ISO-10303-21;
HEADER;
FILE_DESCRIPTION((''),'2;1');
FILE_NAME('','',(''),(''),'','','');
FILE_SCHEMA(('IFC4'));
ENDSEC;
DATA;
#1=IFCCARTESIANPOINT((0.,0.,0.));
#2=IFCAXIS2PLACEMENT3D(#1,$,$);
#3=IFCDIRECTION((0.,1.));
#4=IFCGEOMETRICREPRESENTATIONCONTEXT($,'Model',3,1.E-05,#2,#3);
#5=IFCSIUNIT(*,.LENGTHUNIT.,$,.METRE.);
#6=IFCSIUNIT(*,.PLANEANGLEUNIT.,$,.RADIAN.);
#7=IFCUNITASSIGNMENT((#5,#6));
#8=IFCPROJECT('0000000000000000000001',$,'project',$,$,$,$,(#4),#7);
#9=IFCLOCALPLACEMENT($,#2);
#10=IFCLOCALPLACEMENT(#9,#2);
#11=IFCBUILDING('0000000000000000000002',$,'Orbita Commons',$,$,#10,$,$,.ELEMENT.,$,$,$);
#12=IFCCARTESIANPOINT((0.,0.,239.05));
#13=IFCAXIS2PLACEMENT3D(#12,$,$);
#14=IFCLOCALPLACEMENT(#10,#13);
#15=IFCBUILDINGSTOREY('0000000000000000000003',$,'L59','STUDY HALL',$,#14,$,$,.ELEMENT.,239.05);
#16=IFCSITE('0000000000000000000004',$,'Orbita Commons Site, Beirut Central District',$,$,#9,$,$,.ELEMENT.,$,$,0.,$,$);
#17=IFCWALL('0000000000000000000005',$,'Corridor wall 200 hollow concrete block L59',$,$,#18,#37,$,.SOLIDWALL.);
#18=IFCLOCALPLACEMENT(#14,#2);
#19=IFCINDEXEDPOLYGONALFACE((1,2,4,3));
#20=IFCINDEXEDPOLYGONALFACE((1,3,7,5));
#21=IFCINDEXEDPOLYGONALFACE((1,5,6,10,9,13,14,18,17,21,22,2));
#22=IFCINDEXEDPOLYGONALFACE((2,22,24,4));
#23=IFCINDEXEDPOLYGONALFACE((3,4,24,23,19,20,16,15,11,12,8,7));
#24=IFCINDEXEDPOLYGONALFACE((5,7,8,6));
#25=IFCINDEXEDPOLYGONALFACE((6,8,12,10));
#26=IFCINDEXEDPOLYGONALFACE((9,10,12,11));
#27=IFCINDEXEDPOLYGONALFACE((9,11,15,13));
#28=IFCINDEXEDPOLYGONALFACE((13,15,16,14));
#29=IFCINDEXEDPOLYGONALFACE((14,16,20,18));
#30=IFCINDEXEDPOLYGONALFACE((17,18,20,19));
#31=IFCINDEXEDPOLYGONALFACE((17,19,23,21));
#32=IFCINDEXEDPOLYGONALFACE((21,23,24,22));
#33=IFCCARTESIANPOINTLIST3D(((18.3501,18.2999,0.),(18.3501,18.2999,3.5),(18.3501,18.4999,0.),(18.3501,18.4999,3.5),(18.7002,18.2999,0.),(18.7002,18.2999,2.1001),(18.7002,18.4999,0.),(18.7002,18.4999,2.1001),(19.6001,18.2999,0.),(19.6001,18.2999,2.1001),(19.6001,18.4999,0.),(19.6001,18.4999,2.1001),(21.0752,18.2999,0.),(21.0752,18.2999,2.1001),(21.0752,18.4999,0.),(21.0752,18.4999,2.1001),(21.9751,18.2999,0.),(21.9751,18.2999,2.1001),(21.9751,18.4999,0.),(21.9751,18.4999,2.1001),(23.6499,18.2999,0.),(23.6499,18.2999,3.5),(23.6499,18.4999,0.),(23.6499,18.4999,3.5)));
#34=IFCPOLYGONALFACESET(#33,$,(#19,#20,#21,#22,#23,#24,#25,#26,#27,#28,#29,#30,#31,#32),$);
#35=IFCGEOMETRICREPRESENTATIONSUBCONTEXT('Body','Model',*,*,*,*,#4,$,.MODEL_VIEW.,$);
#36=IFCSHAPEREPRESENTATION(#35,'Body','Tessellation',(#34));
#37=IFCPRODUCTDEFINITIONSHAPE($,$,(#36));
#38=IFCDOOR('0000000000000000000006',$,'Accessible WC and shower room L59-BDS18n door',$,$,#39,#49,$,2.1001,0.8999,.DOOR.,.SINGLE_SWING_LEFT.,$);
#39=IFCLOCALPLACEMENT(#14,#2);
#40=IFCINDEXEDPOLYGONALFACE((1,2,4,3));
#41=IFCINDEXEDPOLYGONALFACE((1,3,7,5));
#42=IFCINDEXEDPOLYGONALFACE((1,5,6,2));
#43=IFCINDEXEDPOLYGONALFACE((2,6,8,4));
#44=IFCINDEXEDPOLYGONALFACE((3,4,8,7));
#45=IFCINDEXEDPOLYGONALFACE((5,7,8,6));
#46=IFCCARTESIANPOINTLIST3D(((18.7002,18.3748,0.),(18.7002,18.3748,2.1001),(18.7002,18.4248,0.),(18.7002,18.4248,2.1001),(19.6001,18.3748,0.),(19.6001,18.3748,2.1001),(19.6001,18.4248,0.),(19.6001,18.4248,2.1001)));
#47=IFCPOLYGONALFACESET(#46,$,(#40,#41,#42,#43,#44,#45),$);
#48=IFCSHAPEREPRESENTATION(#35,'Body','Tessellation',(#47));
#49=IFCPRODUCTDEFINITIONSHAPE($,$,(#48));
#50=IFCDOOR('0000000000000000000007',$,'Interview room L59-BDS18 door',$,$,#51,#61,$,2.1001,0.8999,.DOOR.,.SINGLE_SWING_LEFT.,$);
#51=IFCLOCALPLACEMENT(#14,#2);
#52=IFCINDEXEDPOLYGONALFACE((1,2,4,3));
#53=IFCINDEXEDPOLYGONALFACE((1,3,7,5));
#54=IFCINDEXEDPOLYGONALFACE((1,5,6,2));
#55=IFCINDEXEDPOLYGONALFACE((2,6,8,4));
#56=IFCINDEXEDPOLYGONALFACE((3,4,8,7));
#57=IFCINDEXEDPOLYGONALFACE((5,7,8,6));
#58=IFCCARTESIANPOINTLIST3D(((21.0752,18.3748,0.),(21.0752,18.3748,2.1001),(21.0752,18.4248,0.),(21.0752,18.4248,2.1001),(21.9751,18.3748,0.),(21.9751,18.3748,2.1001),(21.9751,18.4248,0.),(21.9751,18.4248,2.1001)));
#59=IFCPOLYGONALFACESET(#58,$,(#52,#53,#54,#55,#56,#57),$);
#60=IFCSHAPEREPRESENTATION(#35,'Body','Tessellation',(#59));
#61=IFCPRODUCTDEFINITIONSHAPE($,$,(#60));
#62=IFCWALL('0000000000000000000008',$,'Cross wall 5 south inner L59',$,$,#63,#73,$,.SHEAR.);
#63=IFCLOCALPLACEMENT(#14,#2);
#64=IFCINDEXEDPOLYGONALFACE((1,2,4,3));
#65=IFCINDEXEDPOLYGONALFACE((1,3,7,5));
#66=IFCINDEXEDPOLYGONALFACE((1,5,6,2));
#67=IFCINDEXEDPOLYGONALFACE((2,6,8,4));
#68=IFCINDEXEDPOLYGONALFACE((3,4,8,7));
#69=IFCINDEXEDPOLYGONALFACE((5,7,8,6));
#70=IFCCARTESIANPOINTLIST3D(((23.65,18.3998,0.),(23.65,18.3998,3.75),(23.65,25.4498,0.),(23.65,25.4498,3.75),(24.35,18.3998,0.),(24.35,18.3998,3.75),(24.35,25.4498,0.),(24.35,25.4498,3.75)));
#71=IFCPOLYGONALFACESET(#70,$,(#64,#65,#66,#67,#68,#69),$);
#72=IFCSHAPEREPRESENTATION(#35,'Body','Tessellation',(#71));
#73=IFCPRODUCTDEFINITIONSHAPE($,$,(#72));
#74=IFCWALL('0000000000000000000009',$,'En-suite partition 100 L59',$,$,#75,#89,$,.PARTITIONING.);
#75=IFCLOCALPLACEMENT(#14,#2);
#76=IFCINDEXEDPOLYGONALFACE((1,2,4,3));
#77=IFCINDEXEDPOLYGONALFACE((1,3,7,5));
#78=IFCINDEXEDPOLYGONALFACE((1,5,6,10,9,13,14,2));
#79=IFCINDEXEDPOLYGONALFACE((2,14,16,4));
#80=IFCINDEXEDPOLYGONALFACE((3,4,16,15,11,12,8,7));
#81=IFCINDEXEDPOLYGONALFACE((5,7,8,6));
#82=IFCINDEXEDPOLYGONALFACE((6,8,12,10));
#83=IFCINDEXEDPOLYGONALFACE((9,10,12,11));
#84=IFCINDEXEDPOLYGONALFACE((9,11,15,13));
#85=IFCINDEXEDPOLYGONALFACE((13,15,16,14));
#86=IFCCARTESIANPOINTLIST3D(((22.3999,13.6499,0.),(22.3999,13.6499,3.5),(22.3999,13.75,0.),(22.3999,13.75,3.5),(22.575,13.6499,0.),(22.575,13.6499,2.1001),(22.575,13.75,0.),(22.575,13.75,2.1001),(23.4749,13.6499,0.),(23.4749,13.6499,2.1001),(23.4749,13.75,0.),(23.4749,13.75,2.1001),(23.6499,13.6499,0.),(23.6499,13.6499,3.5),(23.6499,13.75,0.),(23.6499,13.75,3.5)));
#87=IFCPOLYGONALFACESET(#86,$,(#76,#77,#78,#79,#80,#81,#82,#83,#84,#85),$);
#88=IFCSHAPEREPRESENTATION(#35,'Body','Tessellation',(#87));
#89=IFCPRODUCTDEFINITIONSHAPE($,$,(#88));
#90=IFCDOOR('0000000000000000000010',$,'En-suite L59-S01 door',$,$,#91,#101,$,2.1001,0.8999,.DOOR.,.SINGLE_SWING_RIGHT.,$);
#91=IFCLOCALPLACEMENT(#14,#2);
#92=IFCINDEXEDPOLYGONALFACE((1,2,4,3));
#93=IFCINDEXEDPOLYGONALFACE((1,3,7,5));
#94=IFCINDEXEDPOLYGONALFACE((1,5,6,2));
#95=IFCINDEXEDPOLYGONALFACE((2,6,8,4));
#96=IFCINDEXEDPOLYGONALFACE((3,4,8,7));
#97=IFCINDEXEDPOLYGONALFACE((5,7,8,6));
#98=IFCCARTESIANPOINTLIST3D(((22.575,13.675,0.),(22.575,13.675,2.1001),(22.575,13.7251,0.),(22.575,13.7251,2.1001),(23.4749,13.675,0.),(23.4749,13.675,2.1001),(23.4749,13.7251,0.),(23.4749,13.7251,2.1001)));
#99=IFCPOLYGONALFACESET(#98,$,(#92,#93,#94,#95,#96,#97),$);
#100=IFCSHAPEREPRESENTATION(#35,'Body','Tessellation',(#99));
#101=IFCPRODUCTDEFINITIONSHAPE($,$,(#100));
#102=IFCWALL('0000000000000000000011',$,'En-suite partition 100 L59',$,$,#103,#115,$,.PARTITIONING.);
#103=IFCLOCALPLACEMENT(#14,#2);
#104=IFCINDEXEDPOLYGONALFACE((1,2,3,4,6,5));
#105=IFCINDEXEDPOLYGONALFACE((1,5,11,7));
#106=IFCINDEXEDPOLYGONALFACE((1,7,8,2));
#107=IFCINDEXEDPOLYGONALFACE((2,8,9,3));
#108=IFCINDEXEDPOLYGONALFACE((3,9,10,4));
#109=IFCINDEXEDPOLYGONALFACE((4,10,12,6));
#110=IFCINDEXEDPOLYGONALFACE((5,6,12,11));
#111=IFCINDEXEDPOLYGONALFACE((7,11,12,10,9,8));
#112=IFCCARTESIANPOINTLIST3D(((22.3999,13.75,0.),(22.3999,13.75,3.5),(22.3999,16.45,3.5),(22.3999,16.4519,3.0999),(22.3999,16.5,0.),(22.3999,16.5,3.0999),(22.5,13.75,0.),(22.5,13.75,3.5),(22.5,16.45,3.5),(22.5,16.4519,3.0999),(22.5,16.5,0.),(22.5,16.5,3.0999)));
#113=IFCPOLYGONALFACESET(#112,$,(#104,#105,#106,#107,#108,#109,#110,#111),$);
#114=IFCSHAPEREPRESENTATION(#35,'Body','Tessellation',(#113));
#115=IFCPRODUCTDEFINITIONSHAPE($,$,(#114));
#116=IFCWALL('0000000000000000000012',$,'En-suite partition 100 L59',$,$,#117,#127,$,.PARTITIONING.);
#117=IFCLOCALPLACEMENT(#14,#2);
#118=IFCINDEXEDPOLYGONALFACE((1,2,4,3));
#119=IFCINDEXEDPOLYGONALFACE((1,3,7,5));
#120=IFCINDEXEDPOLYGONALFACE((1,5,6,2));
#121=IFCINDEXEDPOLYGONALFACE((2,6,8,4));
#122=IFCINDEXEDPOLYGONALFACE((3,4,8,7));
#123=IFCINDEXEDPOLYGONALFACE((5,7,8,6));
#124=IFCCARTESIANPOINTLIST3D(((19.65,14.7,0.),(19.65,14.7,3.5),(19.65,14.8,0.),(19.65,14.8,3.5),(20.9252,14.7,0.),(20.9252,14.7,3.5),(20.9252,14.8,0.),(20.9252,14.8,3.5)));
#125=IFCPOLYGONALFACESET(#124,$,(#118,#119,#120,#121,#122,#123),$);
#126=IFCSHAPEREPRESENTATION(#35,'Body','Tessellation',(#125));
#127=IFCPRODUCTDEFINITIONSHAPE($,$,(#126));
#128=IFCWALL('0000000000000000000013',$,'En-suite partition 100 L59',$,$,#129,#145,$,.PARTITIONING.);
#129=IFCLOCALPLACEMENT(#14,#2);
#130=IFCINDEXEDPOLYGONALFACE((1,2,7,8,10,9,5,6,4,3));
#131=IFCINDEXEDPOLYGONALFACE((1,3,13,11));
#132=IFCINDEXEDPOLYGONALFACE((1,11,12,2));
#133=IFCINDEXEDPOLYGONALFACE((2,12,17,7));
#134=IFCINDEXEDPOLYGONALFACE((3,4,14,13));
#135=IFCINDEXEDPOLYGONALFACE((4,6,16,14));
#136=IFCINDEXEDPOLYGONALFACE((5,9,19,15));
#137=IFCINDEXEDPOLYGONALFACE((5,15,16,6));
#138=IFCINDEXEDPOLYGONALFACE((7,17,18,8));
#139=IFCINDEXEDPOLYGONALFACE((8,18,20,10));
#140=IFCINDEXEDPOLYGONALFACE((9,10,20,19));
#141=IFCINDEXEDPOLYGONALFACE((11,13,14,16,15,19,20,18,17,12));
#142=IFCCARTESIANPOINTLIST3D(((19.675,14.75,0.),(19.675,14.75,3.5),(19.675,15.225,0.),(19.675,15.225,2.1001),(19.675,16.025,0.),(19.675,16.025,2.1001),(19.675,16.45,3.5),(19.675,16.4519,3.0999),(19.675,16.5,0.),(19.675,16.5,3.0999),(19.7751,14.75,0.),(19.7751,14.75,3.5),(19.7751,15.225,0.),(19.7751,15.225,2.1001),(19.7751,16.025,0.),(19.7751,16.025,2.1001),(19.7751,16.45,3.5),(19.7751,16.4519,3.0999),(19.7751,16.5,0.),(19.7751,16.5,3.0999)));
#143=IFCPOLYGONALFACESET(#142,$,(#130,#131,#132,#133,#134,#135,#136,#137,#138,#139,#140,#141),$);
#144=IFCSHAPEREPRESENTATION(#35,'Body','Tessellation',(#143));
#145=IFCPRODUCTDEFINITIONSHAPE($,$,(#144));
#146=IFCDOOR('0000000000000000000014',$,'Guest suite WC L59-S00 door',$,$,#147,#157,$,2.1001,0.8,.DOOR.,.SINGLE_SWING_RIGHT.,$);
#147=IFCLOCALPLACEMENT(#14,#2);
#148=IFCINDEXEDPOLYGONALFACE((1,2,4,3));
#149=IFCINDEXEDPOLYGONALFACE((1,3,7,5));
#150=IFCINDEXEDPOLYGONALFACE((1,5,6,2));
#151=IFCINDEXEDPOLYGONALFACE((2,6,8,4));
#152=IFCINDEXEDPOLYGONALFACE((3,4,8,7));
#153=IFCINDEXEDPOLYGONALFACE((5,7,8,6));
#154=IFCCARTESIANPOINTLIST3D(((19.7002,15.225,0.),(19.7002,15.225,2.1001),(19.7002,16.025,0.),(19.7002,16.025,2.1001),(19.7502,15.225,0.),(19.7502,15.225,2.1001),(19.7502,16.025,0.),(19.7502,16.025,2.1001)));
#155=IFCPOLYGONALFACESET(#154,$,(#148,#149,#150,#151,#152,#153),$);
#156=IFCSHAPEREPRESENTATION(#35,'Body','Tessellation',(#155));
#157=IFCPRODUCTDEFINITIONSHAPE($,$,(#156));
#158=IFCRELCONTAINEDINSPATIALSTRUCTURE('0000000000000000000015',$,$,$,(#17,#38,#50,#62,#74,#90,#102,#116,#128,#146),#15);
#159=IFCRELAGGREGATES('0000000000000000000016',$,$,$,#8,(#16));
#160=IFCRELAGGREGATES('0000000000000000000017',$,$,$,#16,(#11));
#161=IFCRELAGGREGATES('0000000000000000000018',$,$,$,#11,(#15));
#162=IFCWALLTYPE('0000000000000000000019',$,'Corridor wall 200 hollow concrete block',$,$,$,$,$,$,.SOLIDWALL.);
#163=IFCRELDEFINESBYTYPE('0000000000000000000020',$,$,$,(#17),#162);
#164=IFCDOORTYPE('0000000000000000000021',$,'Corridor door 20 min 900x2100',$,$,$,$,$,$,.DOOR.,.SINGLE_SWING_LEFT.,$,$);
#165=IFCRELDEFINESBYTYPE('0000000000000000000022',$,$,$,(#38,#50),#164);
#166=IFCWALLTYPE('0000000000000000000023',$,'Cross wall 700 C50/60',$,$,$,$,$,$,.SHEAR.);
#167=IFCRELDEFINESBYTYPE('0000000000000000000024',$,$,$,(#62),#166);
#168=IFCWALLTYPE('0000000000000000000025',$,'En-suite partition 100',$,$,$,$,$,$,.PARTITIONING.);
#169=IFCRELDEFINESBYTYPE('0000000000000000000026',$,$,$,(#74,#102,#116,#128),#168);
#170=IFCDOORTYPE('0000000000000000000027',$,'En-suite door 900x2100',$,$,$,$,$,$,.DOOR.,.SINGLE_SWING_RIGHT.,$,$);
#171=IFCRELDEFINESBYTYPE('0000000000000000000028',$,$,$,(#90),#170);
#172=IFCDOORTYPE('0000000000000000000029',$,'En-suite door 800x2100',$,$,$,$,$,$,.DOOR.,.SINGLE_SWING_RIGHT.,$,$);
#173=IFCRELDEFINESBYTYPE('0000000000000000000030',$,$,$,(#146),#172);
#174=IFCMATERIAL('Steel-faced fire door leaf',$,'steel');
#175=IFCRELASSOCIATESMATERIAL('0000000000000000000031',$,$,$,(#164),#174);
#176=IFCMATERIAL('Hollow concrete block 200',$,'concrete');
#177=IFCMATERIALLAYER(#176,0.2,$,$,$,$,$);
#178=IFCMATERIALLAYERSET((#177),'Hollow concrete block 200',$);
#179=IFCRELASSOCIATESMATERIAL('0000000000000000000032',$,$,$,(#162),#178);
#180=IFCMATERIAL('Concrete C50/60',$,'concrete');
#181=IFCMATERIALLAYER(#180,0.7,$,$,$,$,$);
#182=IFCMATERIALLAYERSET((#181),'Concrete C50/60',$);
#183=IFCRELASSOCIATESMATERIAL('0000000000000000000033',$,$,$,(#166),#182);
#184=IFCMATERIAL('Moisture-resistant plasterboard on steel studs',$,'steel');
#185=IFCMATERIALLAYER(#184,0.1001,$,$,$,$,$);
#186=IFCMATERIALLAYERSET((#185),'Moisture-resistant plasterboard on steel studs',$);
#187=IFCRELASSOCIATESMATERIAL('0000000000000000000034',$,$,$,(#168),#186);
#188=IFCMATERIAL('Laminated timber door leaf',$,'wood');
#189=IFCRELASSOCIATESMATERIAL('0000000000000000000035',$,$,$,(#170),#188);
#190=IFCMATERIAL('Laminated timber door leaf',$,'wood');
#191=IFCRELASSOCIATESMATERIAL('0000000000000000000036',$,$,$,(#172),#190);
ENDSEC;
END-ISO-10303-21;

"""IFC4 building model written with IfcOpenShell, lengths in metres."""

from ifc_helpers import new_model, si_unit, direction, frame, frame_2d, origin, place, context, subcontext, project, spatial, polyline, rectangle, outline, extrude, material, layer, layer_set, type_object, element, fill, save


model = new_model("IFC4")

# Units and contexts
model_context = context("Model", 3, precision=1e-05, world=origin(), true_north=direction((0.0, 1.0)))
body_context = subcontext(model_context, "Body", "Model", "MODEL_VIEW")
ifc_project = project(units=[si_unit("LENGTHUNIT", "METRE"), si_unit("PLANEANGLEUNIT", "RADIAN")], contexts=[model_context])

# Site, building, storey
site_placement = place(None, origin())
site = spatial("IfcSite", under=ifc_project, at=site_placement, Name="Orbita Commons Site, Beirut Central District", CompositionType="ELEMENT", RefElevation=0.0)
building_placement = place(site_placement, origin())
building = spatial("IfcBuilding", under=site, at=building_placement, Name="Orbita Commons", CompositionType="ELEMENT")
storey_placement = place(building_placement, frame((0.0, 0.0, 239.05)))
storey = spatial("IfcBuildingStorey", under=building, at=storey_placement, Name="L59", Description="STUDY HALL", CompositionType="ELEMENT", Elevation=239.05)

# Shared definitions
ifc_material_1 = material(Name="Steel-faced fire door leaf", Category="steel")
door_type_1 = type_object("IfcDoorType", Name="Corridor door 20 min 900x2100", OperationType="SINGLE_SWING_LEFT", PredefinedType="DOOR", material=ifc_material_1)

# Wall, openings, doors
ifc_material_2 = material(Name="Hollow concrete block 200", Category="concrete")
ifc_layer_1 = layer(ifc_material_2, 0.2)
ifc_layer_set_1 = layer_set([ifc_layer_1], Name="Hollow concrete block 200")
wall_type_1 = type_object("IfcWallType", Name="Corridor wall 200 hollow concrete block", PredefinedType="SOLIDWALL", material=ifc_layer_set_1)
wall_1_placement = place(storey_placement, frame((18.3501, 18.3999, 0.0), z_axis=(0.0, 0.0, 1.0), x_axis=(1.0, 0.0, 0.0)))
wall_1 = element("IfcWall", 1, at=wall_1_placement, inside=storey, type_object=wall_type_1, Name="Corridor wall 200 hollow concrete block L59", PredefinedType="SOLIDWALL", context=body_context, shape_type="SweptSolid", body=[
    extrude(rectangle(XDim=5.2998, YDim=0.2, at=frame_2d((2.6499, 0.0))), origin(), (0.0, 0.0, 1.0), 3.5),
])
opening_1_placement = place(wall_1_placement, frame((0.3501, 0.0, 0.0)))
opening_1 = element("IfcOpeningElement", 2, at=opening_1_placement, cuts=wall_1, PredefinedType="OPENING", context=body_context, shape_type="SweptSolid", body=[
    extrude(rectangle(XDim=0.8999, YDim=2.1001, at=frame_2d((0.45, 1.05))), frame((0.0, 0.1099, 0.0), z_axis=(0.0, -1.0, 0.0), x_axis=(1.0, 0.0, 0.0)), (0.0, 0.0, 1.0), 0.22),
])
opening_2_placement = place(wall_1_placement, frame((2.7251, 0.0, 0.0)))
opening_2 = element("IfcOpeningElement", 3, at=opening_2_placement, cuts=wall_1, PredefinedType="OPENING", context=body_context, shape_type="SweptSolid", body=[
    extrude(rectangle(XDim=0.8999, YDim=2.1001, at=frame_2d((0.45, 1.05))), frame((0.0, 0.1099, 0.0), z_axis=(0.0, -1.0, 0.0), x_axis=(1.0, 0.0, 0.0)), (0.0, 0.0, 1.0), 0.22),
])
door_1_placement = place(opening_1_placement, origin())
door_1 = element("IfcDoor", 4, at=door_1_placement, inside=storey, type_object=door_type_1, Name="Accessible WC and shower room L59-BDS18n door", OperationType="SINGLE_SWING_LEFT", OverallHeight=2.1001, OverallWidth=0.8999, PredefinedType="DOOR", context=body_context, shape_type="SweptSolid", body=[
    extrude(rectangle(XDim=0.8999, YDim=2.1001, at=frame_2d((0.45, 1.05))), frame((0.0, 0.0249, 0.0), z_axis=(0.0, -1.0, 0.0), x_axis=(1.0, 0.0, 0.0)), (0.0, 0.0, 1.0), 0.05),
])
fill(opening_1, door_1)
door_2_placement = place(opening_2_placement, origin())
door_2 = element("IfcDoor", 5, at=door_2_placement, inside=storey, type_object=door_type_1, Name="Interview room L59-BDS18 door", OperationType="SINGLE_SWING_LEFT", OverallHeight=2.1001, OverallWidth=0.8999, PredefinedType="DOOR", context=body_context, shape_type="SweptSolid", body=[
    extrude(rectangle(XDim=0.8999, YDim=2.1001, at=frame_2d((0.45, 1.05))), frame((0.0, 0.0249, 0.0), z_axis=(0.0, -1.0, 0.0), x_axis=(1.0, 0.0, 0.0)), (0.0, 0.0, 1.0), 0.05),
])
fill(opening_2, door_2)

# Wall
ifc_material_3 = material(Name="Concrete C50/60", Category="concrete")
ifc_layer_2 = layer(ifc_material_3, 0.7)
ifc_layer_set_2 = layer_set([ifc_layer_2], Name="Concrete C50/60")
wall_type_2 = type_object("IfcWallType", Name="Cross wall 700 C50/60", PredefinedType="SHEAR", material=ifc_layer_set_2)
wall_2_placement = place(storey_placement, frame((24.0, 18.3999, 0.0), z_axis=(0.0, 0.0, 1.0), x_axis=(0.0, 1.0, 0.0)))
element("IfcWall", 6, at=wall_2_placement, inside=storey, type_object=wall_type_2, Name="Cross wall 5 south inner L59", PredefinedType="SHEAR", context=body_context, shape_type="SweptSolid", body=[
    extrude(rectangle(XDim=7.05, YDim=0.7, at=frame_2d((3.5249, 0.0))), origin(), (0.0, 0.0, 1.0), 3.75),
])

# Wall, opening, door
ifc_material_4 = material(Name="Moisture-resistant plasterboard on steel studs", Category="steel")
ifc_layer_3 = layer(ifc_material_4, 0.1001)
ifc_layer_set_3 = layer_set([ifc_layer_3], Name="Moisture-resistant plasterboard on steel studs")
wall_type_3 = type_object("IfcWallType", Name="En-suite partition 100", PredefinedType="PARTITIONING", material=ifc_layer_set_3)
wall_3_placement = place(storey_placement, frame((23.6499, 13.7, 0.0), z_axis=(0.0, 0.0, 1.0), x_axis=(-1.0, 0.0, 0.0)))
wall_3 = element("IfcWall", 7, at=wall_3_placement, inside=storey, type_object=wall_type_3, Name="En-suite partition 100 L59", PredefinedType="PARTITIONING", context=body_context, shape_type="SweptSolid", body=[
    extrude(rectangle(XDim=1.25, YDim=0.1001, at=frame_2d((0.625, 0.0))), origin(), (0.0, 0.0, 1.0), 3.5),
])
opening_3_placement = place(wall_3_placement, frame((0.175, 0.0, 0.0)))
opening_3 = element("IfcOpeningElement", 8, at=opening_3_placement, cuts=wall_3, PredefinedType="OPENING", context=body_context, shape_type="SweptSolid", body=[
    extrude(rectangle(XDim=0.8999, YDim=2.1001, at=frame_2d((0.45, 1.05))), frame((0.0, 0.0601, 0.0), z_axis=(0.0, -1.0, 0.0), x_axis=(1.0, 0.0, 0.0)), (0.0, 0.0, 1.0), 0.1201),
])
ifc_material_5 = material(Name="Laminated timber door leaf", Category="wood")
door_type_2 = type_object("IfcDoorType", Name="En-suite door 900x2100", OperationType="SINGLE_SWING_RIGHT", PredefinedType="DOOR", material=ifc_material_5)
door_3_placement = place(opening_3_placement, origin())
door_3 = element("IfcDoor", 9, at=door_3_placement, inside=storey, type_object=door_type_2, Name="En-suite L59-S01 door", OperationType="SINGLE_SWING_RIGHT", OverallHeight=2.1001, OverallWidth=0.8999, PredefinedType="DOOR", context=body_context, shape_type="SweptSolid", body=[
    extrude(rectangle(XDim=0.8999, YDim=2.1001, at=frame_2d((0.45, 1.05))), frame((0.0, 0.0249, 0.0), z_axis=(0.0, -1.0, 0.0), x_axis=(1.0, 0.0, 0.0)), (0.0, 0.0, 1.0), 0.05),
])
fill(opening_3, door_3)

# Walls
wall_4_placement = place(storey_placement, frame((22.45, 13.75, 0.0), z_axis=(0.0, 0.0, 1.0), x_axis=(0.0, 1.0, 0.0)))
element("IfcWall", 10, at=wall_4_placement, inside=storey, type_object=wall_type_3, Name="En-suite partition 100 L59", PredefinedType="PARTITIONING", context=body_context, shape_type="SweptSolid", body=[
    extrude(outline(polyline([(0.0, 0.0), (2.75, 0.0), (2.75, 3.0999), (2.7019, 3.0999), (2.7, 3.5), (0.0, 3.5), (0.0, 0.0)])), frame((0.0, 0.05, 0.0), z_axis=(0.0, -1.0, 0.0), x_axis=(1.0, 0.0, 0.0)), (0.0, 0.0, 1.0), 0.1001),
])
wall_5_placement = place(storey_placement, frame((19.6499, 14.75, 0.0), z_axis=(0.0, 0.0, 1.0), x_axis=(1.0, 0.0, 0.0)))
element("IfcWall", 11, at=wall_5_placement, inside=storey, type_object=wall_type_3, Name="En-suite partition 100 L59", PredefinedType="PARTITIONING", context=body_context, shape_type="SweptSolid", body=[
    extrude(rectangle(XDim=1.2751, YDim=0.1001, at=frame_2d((0.6377, 0.0))), origin(), (0.0, 0.0, 1.0), 3.5),
])

# Wall, opening, door
wall_6_placement = place(storey_placement, frame((19.7251, 14.75, 0.0), z_axis=(0.0, 0.0, 1.0), x_axis=(0.0, 1.0, 0.0)))
wall_6 = element("IfcWall", 12, at=wall_6_placement, inside=storey, type_object=wall_type_3, Name="En-suite partition 100 L59", PredefinedType="PARTITIONING", context=body_context, shape_type="SweptSolid", body=[
    extrude(outline(polyline([(0.0, 0.0), (1.75, 0.0), (1.75, 3.0999), (1.7019, 3.0999), (1.7, 3.5), (0.0, 3.5), (0.0, 0.0)])), frame((0.0, 0.05, 0.0), z_axis=(0.0, -1.0, 0.0), x_axis=(1.0, 0.0, 0.0)), (0.0, 0.0, 1.0), 0.1001),
])
opening_4_placement = place(wall_6_placement, frame((0.4751, 0.0, 0.0)))
opening_4 = element("IfcOpeningElement", 13, at=opening_4_placement, cuts=wall_6, PredefinedType="OPENING", context=body_context, shape_type="SweptSolid", body=[
    extrude(rectangle(XDim=0.8, YDim=2.1001, at=frame_2d((0.3999, 1.05))), frame((0.0, 0.0601, 0.0), z_axis=(0.0, -1.0, 0.0), x_axis=(1.0, 0.0, 0.0)), (0.0, 0.0, 1.0), 0.1201),
])
ifc_material_6 = material(Name="Laminated timber door leaf", Category="wood")
door_type_3 = type_object("IfcDoorType", Name="En-suite door 800x2100", OperationType="SINGLE_SWING_RIGHT", PredefinedType="DOOR", material=ifc_material_6)
door_4_placement = place(opening_4_placement, origin())
door_4 = element("IfcDoor", 14, at=door_4_placement, inside=storey, type_object=door_type_3, Name="Guest suite WC L59-S00 door", OperationType="SINGLE_SWING_RIGHT", OverallHeight=2.1001, OverallWidth=0.8, PredefinedType="DOOR", context=body_context, shape_type="SweptSolid", body=[
    extrude(rectangle(XDim=0.8, YDim=2.1001, at=frame_2d((0.3999, 1.05))), frame((0.0, 0.0249, 0.0), z_axis=(0.0, -1.0, 0.0), x_axis=(1.0, 0.0, 0.0)), (0.0, 0.0, 1.0), 0.05),
])
fill(opening_4, door_4)

save(model, "model.ifc")
